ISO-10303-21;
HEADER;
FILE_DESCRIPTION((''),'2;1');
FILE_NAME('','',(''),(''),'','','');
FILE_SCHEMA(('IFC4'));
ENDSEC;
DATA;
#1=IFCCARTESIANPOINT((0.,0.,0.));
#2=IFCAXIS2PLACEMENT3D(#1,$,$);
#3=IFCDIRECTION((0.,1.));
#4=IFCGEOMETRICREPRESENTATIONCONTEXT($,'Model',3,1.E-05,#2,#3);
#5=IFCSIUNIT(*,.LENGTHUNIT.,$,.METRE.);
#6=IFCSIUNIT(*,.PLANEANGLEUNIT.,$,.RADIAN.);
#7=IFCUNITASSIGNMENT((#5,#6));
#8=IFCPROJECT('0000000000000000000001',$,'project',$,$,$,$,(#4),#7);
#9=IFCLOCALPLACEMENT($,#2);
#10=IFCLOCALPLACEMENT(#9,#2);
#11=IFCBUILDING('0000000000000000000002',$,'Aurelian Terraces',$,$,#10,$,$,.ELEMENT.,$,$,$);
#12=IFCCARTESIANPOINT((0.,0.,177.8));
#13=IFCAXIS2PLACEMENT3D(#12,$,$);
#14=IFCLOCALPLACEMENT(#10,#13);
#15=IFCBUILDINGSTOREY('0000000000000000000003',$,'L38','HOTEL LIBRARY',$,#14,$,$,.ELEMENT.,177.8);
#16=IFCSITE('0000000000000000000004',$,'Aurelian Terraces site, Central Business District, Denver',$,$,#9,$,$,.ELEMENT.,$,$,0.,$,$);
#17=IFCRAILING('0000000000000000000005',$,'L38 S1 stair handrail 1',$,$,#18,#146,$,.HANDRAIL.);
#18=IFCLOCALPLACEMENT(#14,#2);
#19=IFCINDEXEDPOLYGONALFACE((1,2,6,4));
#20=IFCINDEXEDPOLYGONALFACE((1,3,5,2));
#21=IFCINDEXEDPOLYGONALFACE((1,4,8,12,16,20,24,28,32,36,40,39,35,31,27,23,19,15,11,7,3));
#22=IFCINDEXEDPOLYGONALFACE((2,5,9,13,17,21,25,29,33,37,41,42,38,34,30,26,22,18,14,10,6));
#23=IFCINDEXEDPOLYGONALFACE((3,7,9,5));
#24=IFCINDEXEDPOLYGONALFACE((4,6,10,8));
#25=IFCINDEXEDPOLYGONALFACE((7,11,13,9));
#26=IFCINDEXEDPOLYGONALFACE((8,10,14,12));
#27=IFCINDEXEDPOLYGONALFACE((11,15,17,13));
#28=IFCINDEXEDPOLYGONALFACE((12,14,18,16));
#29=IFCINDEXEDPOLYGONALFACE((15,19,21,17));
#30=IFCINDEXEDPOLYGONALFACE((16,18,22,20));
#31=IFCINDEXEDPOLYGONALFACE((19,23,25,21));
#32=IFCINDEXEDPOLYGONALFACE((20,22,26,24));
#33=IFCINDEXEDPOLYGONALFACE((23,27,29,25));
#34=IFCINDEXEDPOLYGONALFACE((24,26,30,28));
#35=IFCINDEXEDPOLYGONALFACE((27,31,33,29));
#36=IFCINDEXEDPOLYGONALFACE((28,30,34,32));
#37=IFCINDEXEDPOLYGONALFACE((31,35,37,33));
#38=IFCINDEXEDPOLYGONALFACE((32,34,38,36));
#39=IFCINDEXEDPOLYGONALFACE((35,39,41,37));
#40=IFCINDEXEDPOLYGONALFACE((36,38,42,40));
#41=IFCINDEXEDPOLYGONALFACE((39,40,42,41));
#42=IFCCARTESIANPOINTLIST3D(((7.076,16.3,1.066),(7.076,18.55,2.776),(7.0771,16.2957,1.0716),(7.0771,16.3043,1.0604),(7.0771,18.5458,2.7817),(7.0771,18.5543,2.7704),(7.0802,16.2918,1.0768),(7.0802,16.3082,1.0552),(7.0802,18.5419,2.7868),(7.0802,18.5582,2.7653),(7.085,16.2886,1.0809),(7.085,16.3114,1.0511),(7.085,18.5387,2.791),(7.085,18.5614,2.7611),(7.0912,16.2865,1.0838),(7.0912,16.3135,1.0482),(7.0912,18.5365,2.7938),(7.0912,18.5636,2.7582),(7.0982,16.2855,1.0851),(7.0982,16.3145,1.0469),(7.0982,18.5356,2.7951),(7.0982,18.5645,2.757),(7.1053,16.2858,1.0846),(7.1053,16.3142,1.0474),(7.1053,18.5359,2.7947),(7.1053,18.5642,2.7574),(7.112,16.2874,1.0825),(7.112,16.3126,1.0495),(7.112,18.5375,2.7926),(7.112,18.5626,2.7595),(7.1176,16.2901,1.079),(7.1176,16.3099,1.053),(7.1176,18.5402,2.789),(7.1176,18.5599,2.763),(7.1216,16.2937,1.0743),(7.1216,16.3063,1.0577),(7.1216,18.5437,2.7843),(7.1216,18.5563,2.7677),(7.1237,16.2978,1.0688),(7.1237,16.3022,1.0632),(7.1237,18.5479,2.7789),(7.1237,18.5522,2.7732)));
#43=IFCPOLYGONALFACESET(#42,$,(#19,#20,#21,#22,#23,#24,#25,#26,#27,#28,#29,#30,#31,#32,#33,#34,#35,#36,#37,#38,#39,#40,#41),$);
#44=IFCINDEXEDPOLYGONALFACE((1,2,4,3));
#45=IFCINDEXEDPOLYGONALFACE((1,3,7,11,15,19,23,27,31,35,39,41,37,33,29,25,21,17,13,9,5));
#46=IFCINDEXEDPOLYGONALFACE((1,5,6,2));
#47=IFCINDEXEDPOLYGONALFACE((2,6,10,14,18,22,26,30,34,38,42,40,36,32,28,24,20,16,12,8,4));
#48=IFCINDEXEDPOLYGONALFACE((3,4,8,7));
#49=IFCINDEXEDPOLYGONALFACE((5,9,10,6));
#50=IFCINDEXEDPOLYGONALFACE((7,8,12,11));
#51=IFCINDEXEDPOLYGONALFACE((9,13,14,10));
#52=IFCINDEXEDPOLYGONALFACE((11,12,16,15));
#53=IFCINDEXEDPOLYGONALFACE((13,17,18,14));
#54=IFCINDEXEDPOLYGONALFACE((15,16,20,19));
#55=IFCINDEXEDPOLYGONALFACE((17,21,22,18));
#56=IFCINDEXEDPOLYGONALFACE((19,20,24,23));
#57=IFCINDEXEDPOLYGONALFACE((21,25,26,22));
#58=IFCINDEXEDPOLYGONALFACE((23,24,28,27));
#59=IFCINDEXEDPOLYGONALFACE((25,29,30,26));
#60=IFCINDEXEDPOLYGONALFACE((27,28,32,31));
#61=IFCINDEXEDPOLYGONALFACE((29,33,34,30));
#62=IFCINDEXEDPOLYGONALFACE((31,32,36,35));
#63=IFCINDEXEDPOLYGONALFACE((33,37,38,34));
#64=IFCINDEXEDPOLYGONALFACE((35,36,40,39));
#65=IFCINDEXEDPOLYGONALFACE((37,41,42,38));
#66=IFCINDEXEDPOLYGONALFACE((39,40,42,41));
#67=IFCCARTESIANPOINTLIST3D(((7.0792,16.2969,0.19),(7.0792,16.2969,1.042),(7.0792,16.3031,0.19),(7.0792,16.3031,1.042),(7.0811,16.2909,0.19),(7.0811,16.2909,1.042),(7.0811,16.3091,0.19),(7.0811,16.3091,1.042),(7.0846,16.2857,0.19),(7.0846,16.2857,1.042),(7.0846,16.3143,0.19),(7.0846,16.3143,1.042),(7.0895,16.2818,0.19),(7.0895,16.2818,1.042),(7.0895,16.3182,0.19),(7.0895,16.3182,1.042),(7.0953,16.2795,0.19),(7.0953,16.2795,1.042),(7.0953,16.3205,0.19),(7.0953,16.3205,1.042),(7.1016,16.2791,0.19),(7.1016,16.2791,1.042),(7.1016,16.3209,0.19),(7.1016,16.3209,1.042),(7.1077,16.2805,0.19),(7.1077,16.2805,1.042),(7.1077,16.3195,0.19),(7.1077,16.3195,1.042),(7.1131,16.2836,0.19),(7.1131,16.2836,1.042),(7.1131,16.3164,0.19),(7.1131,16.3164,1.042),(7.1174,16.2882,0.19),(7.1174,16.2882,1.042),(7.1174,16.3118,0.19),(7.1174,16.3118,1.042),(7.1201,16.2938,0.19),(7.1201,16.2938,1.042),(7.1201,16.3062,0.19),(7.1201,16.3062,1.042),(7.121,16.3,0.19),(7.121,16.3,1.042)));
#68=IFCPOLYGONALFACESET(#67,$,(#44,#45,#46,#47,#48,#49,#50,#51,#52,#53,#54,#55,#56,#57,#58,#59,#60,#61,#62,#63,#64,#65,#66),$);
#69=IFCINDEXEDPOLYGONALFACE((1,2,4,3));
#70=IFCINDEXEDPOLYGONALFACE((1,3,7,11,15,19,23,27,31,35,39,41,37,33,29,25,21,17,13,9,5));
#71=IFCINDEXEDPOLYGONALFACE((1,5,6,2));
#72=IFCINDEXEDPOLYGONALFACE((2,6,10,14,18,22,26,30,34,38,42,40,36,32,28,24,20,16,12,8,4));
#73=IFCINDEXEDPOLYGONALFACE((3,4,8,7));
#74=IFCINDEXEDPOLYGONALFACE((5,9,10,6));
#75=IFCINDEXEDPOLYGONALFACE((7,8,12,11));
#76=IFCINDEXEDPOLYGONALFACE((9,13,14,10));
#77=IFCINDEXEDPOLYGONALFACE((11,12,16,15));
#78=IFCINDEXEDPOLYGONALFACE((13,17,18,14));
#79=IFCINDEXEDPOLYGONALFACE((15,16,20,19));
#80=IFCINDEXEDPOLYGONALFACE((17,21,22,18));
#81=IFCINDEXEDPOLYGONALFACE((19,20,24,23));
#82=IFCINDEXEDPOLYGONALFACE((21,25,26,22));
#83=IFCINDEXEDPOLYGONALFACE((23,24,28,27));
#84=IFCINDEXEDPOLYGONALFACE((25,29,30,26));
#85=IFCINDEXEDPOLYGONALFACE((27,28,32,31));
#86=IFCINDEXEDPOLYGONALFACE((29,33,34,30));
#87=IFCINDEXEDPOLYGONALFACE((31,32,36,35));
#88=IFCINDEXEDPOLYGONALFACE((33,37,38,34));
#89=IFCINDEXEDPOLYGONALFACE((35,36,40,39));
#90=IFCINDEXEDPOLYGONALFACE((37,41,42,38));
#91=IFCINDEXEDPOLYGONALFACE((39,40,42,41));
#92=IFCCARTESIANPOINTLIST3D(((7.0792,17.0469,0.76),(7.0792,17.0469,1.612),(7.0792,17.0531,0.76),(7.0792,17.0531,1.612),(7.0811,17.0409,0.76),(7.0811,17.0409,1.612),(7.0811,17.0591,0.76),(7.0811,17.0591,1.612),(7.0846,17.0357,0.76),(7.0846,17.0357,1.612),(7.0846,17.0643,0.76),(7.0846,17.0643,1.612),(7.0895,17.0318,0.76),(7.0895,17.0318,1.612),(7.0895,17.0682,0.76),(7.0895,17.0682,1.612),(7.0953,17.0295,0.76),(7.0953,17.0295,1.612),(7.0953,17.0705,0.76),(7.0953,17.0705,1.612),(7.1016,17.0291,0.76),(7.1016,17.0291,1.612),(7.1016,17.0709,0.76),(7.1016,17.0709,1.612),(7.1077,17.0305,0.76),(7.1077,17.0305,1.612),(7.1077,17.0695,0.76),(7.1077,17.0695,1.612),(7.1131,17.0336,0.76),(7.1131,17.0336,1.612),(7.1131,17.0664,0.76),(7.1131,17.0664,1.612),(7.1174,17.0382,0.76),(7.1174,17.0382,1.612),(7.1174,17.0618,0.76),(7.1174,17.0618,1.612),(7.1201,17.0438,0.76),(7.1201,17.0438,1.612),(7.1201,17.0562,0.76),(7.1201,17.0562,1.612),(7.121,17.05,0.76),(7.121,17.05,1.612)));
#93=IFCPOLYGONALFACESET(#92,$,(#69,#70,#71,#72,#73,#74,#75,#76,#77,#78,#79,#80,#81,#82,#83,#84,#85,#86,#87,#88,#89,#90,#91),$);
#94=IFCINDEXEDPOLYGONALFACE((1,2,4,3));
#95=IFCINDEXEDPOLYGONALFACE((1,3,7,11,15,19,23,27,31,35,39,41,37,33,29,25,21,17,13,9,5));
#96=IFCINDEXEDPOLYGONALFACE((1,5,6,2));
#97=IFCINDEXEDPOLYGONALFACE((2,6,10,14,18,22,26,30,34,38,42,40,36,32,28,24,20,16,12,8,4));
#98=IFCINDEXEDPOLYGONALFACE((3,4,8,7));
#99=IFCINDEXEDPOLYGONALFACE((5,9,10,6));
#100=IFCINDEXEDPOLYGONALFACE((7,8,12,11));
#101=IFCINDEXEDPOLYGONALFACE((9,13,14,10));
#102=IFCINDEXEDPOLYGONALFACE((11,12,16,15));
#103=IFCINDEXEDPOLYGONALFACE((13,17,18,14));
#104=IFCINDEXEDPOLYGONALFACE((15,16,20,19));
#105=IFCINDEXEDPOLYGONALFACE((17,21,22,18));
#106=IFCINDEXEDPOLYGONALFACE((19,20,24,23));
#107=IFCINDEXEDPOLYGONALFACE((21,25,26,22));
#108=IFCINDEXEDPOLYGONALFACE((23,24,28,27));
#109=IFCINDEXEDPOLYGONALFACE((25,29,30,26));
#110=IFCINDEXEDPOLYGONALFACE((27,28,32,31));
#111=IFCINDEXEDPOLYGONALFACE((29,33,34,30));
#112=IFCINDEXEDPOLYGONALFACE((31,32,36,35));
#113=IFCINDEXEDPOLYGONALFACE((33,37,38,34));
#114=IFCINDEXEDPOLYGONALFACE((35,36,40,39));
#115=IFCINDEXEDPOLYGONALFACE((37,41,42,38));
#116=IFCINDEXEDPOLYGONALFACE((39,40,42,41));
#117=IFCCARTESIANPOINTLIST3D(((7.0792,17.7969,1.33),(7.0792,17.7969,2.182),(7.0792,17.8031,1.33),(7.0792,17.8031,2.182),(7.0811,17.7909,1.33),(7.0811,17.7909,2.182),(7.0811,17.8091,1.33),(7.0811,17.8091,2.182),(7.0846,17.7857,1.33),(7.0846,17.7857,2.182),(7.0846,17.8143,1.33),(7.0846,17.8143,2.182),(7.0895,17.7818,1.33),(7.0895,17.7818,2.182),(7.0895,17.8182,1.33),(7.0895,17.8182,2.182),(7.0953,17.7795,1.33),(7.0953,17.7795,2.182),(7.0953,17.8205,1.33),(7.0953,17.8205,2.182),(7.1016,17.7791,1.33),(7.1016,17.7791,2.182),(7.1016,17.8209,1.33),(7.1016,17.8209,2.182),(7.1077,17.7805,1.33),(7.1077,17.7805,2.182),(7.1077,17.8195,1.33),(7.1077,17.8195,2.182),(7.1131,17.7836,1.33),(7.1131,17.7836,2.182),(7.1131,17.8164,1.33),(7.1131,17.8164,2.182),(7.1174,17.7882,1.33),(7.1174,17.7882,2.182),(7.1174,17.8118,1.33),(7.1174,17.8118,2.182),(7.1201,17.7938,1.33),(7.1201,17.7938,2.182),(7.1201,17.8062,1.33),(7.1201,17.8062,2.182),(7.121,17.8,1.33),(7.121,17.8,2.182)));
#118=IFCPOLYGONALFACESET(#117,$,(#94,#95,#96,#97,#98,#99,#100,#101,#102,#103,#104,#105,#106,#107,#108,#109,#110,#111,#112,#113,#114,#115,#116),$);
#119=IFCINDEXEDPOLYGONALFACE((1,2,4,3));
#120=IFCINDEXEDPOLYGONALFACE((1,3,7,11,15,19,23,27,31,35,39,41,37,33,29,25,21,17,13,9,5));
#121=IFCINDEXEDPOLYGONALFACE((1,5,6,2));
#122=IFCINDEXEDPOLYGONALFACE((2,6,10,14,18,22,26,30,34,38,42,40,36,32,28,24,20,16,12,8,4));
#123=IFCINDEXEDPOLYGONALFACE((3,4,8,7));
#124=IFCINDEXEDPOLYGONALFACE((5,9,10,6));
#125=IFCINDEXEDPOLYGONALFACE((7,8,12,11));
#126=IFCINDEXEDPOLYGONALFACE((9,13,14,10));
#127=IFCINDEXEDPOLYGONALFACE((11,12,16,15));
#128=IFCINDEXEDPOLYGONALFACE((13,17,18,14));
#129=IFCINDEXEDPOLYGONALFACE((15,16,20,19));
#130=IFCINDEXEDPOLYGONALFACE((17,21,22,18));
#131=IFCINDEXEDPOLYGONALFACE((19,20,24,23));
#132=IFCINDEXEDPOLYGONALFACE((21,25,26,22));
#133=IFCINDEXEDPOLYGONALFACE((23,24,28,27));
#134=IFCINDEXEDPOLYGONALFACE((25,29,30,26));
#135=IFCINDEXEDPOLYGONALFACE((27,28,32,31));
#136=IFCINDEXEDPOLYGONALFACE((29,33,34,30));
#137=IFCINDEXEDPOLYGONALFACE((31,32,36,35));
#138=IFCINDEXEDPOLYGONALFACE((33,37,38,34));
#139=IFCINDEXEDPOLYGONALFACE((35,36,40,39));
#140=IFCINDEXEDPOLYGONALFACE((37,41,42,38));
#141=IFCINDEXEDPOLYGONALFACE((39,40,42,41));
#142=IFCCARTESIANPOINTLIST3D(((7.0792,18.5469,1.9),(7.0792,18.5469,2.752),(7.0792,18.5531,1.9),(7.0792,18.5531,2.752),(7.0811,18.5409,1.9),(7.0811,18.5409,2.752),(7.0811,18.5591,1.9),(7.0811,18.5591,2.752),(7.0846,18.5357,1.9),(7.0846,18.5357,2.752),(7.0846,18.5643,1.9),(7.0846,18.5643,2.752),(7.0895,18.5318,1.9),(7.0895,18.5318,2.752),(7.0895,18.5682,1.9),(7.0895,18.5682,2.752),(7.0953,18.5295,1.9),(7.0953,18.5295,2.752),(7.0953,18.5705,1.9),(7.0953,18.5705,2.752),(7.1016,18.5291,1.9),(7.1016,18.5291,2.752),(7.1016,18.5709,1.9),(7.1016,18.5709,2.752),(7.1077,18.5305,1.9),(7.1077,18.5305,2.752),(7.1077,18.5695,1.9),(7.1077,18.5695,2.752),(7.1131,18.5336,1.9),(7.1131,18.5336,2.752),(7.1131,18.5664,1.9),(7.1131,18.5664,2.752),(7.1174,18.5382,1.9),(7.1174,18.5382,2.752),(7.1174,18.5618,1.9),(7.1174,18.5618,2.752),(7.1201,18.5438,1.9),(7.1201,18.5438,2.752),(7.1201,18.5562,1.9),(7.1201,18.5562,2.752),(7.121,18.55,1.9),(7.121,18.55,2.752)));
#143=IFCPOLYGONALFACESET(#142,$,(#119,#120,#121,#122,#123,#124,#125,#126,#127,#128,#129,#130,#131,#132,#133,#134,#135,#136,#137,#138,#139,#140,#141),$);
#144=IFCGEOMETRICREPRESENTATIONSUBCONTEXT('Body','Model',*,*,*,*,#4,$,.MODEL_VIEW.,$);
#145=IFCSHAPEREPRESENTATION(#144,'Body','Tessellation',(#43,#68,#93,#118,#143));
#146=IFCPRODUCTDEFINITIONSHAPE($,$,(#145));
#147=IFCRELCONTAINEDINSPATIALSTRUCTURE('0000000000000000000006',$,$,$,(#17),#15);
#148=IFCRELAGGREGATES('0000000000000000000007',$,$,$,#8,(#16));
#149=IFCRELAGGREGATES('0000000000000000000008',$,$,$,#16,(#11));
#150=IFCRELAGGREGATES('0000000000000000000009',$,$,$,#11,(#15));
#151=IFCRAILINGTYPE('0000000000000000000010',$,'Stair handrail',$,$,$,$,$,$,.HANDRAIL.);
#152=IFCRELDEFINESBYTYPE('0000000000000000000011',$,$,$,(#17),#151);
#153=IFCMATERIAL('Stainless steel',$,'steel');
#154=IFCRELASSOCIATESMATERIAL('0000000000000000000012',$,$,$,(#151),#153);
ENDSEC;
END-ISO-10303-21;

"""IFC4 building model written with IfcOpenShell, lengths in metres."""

from ifc_helpers import new_model, si_unit, direction, frame, origin, origin_2d, place, context, subcontext, project, spatial, circle, extrude, material, type_object, element, save


model = new_model("IFC4")

# Units and contexts
model_context = context("Model", 3, precision=1e-05, world=origin(), true_north=direction((0.0, 1.0)))
body_context = subcontext(model_context, "Body", "Model", "MODEL_VIEW")
ifc_project = project(units=[si_unit("LENGTHUNIT", "METRE"), si_unit("PLANEANGLEUNIT", "RADIAN")], contexts=[model_context])

# Site, building, storey
site_placement = place(None, origin())
site = spatial("IfcSite", under=ifc_project, at=site_placement, Name="Aurelian Terraces site, Central Business District, Denver", CompositionType="ELEMENT", RefElevation=0.0)
building_placement = place(site_placement, origin())
building = spatial("IfcBuilding", under=site, at=building_placement, Name="Aurelian Terraces", CompositionType="ELEMENT")
storey_placement = place(building_placement, frame((0.0, 0.0, 177.8)))
storey = spatial("IfcBuildingStorey", under=building, at=storey_placement, Name="L38", Description="HOTEL LIBRARY", CompositionType="ELEMENT", Elevation=177.8)

# Railing
ifc_material_1 = material(Name="Stainless steel", Category="steel")
railing_type_1 = type_object("IfcRailingType", Name="Stair handrail", PredefinedType="HANDRAIL", material=ifc_material_1)
railing_1_placement = place(storey_placement, frame((7.1, 16.3, 0.19)))
element("IfcRailing", 1, at=railing_1_placement, inside=storey, type_object=railing_type_1, Name="L38 S1 stair handrail 1", PredefinedType="HANDRAIL", context=body_context, shape_type="SweptSolid", body=[
    extrude(circle(Radius=0.024, at=origin_2d()), frame((0.0, 0.0, 0.876), z_axis=(0.0, 0.796162, 0.605083), x_axis=(-1.0, 0.0, 0.0)), (0.0, 0.0, 1.0), 2.8261),
    extrude(circle(Radius=0.021, at=origin_2d()), origin(), (0.0, 0.0, 1.0), 0.852),
    extrude(circle(Radius=0.021, at=origin_2d()), frame((0.0, 0.75, 0.57)), (0.0, 0.0, 1.0), 0.852),
    extrude(circle(Radius=0.021, at=origin_2d()), frame((0.0, 1.5, 1.14)), (0.0, 0.0, 1.0), 0.852),
    extrude(circle(Radius=0.021, at=origin_2d()), frame((0.0, 2.25, 1.71)), (0.0, 0.0, 1.0), 0.852),
])

save(model, "model.ifc")
